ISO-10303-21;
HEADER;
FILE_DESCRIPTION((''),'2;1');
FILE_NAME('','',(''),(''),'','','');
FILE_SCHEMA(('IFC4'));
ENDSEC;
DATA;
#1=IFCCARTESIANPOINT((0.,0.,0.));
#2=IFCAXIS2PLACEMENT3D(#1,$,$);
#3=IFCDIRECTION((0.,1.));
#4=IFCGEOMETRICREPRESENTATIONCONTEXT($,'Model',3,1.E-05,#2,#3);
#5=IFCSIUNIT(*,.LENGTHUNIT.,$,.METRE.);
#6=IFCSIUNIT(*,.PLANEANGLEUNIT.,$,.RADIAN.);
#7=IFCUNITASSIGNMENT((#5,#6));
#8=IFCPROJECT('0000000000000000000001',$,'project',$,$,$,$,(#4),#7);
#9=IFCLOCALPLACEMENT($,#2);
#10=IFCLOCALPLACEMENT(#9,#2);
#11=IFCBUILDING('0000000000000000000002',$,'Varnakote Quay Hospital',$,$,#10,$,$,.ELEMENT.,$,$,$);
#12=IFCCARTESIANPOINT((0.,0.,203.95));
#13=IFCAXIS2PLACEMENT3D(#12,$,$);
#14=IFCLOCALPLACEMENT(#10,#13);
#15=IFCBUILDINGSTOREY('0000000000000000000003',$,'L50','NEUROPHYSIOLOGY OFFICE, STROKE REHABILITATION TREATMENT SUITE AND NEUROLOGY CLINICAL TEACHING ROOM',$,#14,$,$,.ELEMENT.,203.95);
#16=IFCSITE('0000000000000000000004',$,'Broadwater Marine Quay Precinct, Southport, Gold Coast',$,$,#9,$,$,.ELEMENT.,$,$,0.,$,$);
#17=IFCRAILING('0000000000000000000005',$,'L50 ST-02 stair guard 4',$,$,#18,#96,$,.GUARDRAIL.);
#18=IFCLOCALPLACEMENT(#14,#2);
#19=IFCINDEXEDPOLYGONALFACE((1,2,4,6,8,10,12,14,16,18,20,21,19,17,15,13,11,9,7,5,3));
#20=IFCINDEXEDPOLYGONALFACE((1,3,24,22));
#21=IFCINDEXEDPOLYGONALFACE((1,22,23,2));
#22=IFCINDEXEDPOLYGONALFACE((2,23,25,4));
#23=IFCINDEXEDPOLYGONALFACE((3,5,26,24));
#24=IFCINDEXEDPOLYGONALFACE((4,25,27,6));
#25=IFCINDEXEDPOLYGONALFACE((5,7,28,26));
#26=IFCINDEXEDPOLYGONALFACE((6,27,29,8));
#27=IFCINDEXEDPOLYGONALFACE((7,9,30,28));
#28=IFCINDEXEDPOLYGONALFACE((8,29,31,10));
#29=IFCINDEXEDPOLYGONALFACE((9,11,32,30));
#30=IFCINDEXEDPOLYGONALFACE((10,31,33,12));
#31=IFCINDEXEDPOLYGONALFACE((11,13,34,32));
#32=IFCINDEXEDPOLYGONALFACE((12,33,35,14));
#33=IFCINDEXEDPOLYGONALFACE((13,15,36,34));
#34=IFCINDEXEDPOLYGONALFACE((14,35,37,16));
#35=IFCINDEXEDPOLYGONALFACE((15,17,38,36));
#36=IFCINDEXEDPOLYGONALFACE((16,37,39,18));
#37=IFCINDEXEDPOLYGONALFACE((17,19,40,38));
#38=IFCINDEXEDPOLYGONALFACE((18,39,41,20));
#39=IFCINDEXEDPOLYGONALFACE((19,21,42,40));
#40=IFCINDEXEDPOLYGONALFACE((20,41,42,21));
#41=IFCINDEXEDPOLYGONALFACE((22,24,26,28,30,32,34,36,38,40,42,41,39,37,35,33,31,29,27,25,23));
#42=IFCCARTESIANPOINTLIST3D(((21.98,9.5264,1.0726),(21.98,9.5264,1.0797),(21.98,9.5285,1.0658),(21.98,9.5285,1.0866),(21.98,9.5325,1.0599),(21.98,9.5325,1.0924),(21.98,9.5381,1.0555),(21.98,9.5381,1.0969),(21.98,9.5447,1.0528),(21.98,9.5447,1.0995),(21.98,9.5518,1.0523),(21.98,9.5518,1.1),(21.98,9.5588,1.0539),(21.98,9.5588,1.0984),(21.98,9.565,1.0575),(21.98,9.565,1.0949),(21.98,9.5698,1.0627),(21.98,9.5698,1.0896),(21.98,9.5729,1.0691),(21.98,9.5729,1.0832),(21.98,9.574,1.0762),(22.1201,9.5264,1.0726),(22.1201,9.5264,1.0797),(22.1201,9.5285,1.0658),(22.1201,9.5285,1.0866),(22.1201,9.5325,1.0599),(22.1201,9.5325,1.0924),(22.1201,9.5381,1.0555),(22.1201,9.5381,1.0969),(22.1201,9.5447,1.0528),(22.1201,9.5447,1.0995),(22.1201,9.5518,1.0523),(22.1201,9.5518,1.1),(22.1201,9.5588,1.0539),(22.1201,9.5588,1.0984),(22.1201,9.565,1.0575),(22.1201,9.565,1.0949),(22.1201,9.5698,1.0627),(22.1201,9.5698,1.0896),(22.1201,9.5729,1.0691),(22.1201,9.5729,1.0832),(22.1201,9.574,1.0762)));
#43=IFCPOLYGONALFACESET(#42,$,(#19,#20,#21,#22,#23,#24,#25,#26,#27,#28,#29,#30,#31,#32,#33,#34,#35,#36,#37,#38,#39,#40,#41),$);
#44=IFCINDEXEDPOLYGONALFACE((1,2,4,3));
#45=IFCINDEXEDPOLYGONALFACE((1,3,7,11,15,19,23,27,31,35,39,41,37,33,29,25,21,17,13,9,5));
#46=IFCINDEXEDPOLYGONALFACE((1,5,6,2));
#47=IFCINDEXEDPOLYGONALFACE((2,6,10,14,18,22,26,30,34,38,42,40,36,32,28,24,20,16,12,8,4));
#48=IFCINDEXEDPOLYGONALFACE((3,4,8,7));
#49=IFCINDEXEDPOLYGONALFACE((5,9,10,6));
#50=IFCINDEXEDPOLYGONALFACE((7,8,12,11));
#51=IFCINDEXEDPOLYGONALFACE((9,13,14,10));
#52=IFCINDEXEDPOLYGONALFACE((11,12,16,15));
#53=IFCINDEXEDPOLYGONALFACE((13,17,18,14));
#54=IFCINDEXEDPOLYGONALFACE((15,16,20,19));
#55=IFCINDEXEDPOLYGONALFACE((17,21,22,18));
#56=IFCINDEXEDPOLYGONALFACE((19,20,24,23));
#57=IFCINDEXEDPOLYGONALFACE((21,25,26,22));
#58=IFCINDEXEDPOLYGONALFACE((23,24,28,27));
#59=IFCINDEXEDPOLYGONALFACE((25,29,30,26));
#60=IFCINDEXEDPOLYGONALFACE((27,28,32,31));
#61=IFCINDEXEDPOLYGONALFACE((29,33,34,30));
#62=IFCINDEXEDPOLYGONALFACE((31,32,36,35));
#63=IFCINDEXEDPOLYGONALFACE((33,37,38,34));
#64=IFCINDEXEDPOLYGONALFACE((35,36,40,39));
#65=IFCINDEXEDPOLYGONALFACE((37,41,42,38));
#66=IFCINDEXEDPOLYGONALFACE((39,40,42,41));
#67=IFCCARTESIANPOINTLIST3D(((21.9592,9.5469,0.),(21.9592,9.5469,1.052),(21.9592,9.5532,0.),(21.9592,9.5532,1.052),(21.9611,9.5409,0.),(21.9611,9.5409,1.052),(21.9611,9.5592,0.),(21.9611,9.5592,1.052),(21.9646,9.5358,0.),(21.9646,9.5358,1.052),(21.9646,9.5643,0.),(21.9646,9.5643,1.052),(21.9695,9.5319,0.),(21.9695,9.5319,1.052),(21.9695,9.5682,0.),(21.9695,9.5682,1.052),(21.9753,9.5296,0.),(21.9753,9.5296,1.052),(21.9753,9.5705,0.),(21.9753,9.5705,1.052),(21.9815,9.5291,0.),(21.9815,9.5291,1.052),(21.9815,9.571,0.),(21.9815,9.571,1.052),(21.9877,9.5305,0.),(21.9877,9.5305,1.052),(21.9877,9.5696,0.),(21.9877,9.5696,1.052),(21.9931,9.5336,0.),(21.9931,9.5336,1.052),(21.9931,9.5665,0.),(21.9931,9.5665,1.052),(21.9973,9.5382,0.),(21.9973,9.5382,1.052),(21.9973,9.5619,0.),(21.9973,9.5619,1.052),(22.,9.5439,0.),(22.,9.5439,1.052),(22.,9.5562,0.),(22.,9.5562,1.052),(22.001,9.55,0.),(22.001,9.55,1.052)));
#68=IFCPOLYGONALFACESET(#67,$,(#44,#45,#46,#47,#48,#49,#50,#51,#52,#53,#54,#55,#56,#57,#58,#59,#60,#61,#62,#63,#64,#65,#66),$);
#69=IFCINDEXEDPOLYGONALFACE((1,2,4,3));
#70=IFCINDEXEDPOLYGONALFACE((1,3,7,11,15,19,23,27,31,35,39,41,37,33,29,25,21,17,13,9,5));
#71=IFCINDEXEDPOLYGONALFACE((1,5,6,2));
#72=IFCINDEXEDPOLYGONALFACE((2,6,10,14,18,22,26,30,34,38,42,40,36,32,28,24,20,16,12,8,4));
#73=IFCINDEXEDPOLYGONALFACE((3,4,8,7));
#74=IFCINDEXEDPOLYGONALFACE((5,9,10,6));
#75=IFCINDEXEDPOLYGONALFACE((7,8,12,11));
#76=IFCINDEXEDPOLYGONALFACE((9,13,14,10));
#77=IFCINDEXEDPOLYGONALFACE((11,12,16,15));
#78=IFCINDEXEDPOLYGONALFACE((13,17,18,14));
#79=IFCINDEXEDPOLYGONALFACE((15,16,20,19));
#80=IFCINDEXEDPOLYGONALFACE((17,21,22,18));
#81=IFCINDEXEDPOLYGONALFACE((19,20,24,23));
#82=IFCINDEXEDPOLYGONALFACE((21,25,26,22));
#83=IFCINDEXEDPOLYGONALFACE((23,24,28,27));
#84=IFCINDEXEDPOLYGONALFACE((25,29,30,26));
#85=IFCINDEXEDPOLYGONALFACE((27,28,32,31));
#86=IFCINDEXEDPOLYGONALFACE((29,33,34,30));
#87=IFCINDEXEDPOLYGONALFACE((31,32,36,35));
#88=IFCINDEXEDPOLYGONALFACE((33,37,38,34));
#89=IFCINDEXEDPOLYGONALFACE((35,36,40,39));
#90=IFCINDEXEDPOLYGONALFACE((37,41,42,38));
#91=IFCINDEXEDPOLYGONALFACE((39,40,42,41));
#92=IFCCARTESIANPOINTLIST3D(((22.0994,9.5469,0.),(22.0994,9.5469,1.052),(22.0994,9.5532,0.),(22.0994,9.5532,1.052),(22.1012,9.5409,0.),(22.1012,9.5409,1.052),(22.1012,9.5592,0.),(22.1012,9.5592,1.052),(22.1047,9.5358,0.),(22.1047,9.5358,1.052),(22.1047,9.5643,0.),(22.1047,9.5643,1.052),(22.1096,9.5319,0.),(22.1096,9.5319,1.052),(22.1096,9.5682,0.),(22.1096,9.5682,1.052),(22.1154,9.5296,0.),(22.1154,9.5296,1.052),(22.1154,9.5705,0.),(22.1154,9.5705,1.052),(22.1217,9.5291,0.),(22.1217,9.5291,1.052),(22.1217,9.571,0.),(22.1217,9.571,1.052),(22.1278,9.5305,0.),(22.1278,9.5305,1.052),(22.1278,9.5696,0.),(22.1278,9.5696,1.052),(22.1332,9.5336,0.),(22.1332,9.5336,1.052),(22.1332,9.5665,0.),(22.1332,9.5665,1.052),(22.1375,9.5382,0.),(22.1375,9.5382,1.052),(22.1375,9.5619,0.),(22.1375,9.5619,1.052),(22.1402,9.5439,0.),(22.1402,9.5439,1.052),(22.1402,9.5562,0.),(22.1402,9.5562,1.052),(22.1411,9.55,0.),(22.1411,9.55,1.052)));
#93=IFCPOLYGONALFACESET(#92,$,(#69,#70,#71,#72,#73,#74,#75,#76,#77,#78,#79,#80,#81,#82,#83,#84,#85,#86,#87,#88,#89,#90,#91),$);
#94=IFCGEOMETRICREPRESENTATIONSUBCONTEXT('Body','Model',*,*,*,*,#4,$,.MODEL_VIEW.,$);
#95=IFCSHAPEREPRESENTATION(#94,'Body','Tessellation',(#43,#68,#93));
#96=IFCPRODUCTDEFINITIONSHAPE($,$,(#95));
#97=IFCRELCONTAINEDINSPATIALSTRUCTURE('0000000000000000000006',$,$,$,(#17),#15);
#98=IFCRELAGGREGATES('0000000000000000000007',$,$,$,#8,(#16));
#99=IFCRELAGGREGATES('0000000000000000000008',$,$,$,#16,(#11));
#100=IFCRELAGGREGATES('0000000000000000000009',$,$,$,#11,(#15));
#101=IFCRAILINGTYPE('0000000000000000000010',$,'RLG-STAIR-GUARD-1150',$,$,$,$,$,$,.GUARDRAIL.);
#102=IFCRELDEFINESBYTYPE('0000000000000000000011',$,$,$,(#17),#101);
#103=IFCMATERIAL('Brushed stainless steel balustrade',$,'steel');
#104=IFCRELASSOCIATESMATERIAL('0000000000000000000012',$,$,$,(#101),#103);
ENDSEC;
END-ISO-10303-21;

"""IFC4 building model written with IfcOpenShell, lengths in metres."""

from ifc_helpers import new_model, si_unit, direction, frame, origin, origin_2d, place, context, subcontext, project, spatial, circle, extrude, material, type_object, element, save


model = new_model("IFC4")

# Units and contexts
model_context = context("Model", 3, precision=1e-05, world=origin(), true_north=direction((0.0, 1.0)))
body_context = subcontext(model_context, "Body", "Model", "MODEL_VIEW")
ifc_project = project(units=[si_unit("LENGTHUNIT", "METRE"), si_unit("PLANEANGLEUNIT", "RADIAN")], contexts=[model_context])

# Site, building, storey
site_placement = place(None, origin())
site = spatial("IfcSite", under=ifc_project, at=site_placement, Name="Broadwater Marine Quay Precinct, Southport, Gold Coast", CompositionType="ELEMENT", RefElevation=0.0)
building_placement = place(site_placement, origin())
building = spatial("IfcBuilding", under=site, at=building_placement, Name="Varnakote Quay Hospital", CompositionType="ELEMENT")
storey_placement = place(building_placement, frame((0.0, 0.0, 203.95)))
storey = spatial("IfcBuildingStorey", under=building, at=storey_placement, Name="L50", Description="NEUROPHYSIOLOGY OFFICE, STROKE REHABILITATION TREATMENT SUITE AND NEUROLOGY CLINICAL TEACHING ROOM", CompositionType="ELEMENT", Elevation=203.95)

# Railing
ifc_material_1 = material(Name="Brushed stainless steel balustrade", Category="steel")
railing_type_1 = type_object("IfcRailingType", Name="RLG-STAIR-GUARD-1150", PredefinedType="GUARDRAIL", material=ifc_material_1)
railing_1_placement = place(storey_placement, frame((21.98, 9.55, 0.0)))
element("IfcRailing", 1, at=railing_1_placement, inside=storey, type_object=railing_type_1, Name="L50 ST-02 stair guard 4", PredefinedType="GUARDRAIL", context=body_context, shape_type="SweptSolid", body=[
    extrude(circle(Radius=0.0239, at=origin_2d()), frame((0.0, 0.0, 1.0762), z_axis=(1.0, 0.0, 0.0), x_axis=(0.0, 1.0, 0.0)), (0.0, 0.0, 1.0), 0.1401),
    extrude(circle(Radius=0.021, at=origin_2d()), origin(), (0.0, 0.0, 1.0), 1.052),
    extrude(circle(Radius=0.021, at=origin_2d()), frame((0.1401, 0.0, 0.0)), (0.0, 0.0, 1.0), 1.052),
])

save(model, "model.ifc")
